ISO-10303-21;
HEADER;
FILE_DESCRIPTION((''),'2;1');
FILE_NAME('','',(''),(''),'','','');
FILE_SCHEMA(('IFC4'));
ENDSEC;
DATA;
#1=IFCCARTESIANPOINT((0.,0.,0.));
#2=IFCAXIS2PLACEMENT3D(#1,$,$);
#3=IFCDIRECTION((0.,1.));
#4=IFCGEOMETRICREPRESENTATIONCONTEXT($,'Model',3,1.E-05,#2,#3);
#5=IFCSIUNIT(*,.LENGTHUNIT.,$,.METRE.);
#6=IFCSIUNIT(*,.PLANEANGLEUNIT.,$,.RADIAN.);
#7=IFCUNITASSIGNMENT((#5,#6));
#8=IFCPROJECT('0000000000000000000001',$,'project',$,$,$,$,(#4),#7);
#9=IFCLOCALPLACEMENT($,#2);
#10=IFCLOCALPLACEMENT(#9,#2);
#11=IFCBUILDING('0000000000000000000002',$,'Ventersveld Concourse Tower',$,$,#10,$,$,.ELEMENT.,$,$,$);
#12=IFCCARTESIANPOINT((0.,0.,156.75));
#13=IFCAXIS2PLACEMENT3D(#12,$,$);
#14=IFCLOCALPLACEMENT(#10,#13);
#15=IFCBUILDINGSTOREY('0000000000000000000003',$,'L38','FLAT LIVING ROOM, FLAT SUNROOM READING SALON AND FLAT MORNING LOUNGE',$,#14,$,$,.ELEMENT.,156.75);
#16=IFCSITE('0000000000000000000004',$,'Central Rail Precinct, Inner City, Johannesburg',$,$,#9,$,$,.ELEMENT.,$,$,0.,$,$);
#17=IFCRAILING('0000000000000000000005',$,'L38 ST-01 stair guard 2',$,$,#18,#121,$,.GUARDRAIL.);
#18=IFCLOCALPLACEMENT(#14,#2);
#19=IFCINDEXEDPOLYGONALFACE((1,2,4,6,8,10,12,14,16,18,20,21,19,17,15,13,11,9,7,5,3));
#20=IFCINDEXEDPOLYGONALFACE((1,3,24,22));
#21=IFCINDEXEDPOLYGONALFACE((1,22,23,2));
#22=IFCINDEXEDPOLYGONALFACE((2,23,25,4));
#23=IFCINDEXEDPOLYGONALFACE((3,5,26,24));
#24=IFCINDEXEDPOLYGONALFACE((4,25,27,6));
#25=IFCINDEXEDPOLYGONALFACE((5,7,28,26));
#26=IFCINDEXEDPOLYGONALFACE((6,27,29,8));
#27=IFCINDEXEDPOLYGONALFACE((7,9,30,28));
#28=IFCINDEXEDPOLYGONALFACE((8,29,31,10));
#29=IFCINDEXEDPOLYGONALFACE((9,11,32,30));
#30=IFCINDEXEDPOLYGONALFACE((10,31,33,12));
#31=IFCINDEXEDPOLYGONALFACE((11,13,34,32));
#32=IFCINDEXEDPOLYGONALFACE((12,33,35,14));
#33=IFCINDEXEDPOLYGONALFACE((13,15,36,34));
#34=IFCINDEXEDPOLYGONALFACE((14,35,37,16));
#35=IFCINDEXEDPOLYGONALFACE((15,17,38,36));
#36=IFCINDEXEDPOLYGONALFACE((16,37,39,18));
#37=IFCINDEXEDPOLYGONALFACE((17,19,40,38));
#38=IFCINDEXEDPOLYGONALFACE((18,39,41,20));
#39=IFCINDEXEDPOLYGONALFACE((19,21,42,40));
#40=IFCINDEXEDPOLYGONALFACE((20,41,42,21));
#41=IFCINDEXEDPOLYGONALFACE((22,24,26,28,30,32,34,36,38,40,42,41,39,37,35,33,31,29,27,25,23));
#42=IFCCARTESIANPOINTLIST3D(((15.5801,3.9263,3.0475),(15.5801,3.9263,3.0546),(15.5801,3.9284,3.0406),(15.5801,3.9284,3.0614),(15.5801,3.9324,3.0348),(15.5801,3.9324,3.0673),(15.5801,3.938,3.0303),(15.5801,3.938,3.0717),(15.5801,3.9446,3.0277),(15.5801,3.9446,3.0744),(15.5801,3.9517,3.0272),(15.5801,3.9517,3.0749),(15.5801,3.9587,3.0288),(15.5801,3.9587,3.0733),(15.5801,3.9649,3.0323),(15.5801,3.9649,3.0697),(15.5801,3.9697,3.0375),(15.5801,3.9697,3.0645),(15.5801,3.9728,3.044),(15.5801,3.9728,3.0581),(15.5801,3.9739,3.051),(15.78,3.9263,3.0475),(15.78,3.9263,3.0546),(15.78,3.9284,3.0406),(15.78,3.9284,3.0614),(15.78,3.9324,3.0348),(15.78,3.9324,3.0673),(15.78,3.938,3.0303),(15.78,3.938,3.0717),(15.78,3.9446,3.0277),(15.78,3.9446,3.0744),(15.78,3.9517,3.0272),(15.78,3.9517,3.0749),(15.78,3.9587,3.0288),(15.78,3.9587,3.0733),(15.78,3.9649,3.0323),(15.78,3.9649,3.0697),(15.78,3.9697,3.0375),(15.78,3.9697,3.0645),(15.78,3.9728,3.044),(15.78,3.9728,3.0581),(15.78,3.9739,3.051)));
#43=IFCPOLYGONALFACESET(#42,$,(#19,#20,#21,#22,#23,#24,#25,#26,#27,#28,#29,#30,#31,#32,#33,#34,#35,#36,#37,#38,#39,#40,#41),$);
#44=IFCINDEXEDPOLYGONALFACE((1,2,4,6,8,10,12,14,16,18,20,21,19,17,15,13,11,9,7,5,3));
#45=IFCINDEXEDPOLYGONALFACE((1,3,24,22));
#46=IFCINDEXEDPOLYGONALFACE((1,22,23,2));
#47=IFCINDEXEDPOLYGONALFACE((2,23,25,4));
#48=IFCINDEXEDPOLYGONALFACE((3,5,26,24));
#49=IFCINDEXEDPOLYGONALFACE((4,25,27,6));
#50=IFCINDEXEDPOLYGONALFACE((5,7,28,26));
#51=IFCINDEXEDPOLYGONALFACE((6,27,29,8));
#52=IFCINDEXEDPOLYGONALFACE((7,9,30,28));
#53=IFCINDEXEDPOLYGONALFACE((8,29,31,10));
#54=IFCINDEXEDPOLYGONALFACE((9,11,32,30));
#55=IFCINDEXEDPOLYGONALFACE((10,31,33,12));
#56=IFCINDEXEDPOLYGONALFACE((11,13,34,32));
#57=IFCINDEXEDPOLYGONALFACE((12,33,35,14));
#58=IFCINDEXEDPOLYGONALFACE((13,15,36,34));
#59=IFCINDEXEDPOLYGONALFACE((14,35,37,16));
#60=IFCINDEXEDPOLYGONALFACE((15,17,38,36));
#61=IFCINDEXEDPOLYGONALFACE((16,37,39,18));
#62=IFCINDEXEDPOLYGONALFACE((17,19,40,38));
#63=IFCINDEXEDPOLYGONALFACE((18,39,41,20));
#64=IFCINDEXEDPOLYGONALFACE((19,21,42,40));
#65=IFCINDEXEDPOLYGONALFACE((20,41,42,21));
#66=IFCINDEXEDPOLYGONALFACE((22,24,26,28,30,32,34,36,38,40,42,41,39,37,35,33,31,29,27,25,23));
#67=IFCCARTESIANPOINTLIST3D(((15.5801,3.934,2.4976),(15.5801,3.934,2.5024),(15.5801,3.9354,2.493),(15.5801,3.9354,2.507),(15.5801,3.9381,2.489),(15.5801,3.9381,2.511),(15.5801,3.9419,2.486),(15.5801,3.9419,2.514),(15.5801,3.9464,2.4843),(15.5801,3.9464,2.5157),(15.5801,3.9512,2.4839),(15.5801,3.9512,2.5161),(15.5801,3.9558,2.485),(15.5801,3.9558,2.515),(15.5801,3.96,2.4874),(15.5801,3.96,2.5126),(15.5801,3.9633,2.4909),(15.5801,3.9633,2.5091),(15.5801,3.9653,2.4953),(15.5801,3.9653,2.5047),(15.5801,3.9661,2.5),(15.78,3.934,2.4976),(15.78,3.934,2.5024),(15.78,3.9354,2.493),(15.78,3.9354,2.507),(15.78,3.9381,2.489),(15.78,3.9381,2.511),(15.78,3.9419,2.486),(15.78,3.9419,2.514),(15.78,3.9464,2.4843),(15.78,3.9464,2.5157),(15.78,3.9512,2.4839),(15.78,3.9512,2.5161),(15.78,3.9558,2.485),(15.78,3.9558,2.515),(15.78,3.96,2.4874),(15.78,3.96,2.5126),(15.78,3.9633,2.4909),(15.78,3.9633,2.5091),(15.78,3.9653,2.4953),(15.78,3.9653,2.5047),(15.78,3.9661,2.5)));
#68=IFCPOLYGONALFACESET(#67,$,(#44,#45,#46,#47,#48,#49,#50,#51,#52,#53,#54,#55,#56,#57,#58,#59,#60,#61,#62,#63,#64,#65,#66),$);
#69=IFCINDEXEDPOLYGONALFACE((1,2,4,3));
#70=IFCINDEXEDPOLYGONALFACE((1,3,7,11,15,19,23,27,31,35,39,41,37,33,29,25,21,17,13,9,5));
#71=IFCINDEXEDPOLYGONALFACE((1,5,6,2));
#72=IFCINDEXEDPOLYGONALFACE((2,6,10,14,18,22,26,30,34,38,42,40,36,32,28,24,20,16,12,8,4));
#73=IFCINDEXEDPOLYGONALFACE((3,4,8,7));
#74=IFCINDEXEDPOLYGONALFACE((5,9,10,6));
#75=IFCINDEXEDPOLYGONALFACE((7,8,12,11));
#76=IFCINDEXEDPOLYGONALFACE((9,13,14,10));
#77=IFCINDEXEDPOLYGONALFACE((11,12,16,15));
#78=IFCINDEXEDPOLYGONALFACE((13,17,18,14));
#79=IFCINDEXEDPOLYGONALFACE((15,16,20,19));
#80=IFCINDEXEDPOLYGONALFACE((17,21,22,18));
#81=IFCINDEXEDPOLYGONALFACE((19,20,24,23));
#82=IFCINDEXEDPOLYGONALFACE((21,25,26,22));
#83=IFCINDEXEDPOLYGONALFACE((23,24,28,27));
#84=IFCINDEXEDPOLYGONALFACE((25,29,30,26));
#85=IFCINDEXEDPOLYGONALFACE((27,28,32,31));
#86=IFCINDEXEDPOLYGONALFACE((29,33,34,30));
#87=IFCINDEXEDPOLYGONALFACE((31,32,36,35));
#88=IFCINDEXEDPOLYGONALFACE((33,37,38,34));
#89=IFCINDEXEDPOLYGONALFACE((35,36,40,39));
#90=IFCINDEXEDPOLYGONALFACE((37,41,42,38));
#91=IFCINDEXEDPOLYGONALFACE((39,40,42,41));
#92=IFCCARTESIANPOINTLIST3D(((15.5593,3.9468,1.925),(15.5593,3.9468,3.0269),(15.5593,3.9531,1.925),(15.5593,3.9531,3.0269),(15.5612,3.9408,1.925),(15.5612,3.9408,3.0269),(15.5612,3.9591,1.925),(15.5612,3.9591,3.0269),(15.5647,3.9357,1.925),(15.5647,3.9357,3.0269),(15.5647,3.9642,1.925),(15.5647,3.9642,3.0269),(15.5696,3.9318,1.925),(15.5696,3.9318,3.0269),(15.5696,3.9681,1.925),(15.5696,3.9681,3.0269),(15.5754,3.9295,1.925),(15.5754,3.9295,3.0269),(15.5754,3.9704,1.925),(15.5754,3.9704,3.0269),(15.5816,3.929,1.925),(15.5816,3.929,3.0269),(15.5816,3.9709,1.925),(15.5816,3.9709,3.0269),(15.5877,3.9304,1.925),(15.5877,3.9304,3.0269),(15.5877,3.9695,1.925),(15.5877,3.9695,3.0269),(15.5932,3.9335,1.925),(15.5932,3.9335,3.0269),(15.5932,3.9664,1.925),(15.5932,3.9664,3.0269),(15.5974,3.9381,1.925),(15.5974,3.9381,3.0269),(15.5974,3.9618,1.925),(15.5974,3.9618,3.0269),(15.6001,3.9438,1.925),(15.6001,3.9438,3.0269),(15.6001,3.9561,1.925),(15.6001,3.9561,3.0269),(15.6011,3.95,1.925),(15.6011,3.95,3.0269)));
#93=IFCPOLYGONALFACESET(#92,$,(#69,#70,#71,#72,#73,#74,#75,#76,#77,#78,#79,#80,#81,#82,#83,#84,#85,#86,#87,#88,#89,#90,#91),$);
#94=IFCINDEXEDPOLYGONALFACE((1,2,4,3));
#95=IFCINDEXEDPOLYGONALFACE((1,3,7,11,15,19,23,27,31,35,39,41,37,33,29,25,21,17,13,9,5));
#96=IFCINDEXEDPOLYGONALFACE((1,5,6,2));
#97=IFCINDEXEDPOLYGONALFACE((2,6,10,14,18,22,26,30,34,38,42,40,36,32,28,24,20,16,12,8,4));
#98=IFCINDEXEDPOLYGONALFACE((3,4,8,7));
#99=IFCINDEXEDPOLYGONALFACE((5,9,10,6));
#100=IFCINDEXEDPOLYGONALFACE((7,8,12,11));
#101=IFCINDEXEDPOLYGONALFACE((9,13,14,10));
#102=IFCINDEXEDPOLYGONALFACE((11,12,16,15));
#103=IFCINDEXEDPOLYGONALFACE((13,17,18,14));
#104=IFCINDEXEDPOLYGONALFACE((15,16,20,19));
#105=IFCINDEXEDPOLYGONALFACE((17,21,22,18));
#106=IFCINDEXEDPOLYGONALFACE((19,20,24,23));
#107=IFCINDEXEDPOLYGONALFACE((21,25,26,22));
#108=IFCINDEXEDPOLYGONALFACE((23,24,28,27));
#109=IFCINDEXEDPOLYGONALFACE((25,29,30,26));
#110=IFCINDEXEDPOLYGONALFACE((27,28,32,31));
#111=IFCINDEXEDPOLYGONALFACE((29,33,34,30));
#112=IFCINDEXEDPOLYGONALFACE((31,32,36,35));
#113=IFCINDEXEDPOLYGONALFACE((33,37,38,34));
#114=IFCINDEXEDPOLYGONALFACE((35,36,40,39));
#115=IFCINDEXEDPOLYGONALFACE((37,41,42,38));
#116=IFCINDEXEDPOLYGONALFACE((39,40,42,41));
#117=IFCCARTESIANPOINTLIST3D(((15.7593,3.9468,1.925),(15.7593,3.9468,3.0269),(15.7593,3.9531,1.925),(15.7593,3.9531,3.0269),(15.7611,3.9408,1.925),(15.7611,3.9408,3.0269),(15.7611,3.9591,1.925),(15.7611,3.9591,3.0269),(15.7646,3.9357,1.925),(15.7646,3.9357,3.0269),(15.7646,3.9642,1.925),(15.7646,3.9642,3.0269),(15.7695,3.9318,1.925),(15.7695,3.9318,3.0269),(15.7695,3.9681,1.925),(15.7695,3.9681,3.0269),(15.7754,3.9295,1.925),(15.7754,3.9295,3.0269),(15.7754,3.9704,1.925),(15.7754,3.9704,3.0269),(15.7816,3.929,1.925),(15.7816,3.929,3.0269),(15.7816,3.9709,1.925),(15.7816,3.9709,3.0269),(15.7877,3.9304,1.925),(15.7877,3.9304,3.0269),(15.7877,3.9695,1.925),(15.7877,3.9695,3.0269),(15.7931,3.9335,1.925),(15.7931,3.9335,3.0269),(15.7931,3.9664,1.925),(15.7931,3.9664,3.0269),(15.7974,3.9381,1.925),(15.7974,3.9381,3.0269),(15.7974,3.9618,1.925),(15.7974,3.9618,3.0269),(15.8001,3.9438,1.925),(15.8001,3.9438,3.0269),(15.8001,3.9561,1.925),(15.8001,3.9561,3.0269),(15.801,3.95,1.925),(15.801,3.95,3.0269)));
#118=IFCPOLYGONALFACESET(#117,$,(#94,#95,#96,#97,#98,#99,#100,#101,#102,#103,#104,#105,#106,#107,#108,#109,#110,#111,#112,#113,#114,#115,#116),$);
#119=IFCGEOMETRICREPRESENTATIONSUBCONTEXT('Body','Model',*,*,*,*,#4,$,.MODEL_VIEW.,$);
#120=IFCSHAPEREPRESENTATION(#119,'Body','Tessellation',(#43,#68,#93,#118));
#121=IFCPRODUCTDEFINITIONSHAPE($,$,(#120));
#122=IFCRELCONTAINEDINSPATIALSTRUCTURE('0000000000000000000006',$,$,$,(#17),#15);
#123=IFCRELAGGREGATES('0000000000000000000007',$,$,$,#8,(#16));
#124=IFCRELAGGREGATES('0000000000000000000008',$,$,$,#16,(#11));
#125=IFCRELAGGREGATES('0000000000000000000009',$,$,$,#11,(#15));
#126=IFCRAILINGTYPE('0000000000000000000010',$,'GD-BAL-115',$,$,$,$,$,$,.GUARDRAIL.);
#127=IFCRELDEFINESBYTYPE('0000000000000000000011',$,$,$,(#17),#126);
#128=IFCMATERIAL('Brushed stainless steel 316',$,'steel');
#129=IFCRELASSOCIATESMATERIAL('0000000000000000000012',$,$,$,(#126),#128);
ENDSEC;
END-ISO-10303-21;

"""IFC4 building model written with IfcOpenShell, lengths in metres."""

from ifc_helpers import new_model, si_unit, direction, frame, origin, origin_2d, place, context, subcontext, project, spatial, circle, extrude, material, type_object, element, save


model = new_model("IFC4")

# Units and contexts
model_context = context("Model", 3, precision=1e-05, world=origin(), true_north=direction((0.0, 1.0)))
body_context = subcontext(model_context, "Body", "Model", "MODEL_VIEW")
ifc_project = project(units=[si_unit("LENGTHUNIT", "METRE"), si_unit("PLANEANGLEUNIT", "RADIAN")], contexts=[model_context])

# Site, building, storey
site_placement = place(None, origin())
site = spatial("IfcSite", under=ifc_project, at=site_placement, Name="Central Rail Precinct, Inner City, Johannesburg", CompositionType="ELEMENT", RefElevation=0.0)
building_placement = place(site_placement, origin())
building = spatial("IfcBuilding", under=site, at=building_placement, Name="Ventersveld Concourse Tower", CompositionType="ELEMENT")
storey_placement = place(building_placement, frame((0.0, 0.0, 156.75)))
storey = spatial("IfcBuildingStorey", under=building, at=storey_placement, Name="L38", Description="FLAT LIVING ROOM, FLAT SUNROOM READING SALON AND FLAT MORNING LOUNGE", CompositionType="ELEMENT", Elevation=156.75)

# Shared definitions
ifc_material_1 = material(Name="Brushed stainless steel 316", Category="steel")

# Railing
railing_type_1 = type_object("IfcRailingType", Name="GD-BAL-115", PredefinedType="GUARDRAIL", material=ifc_material_1)
railing_1_placement = place(storey_placement, frame((15.5801, 3.95, 1.925)))
element("IfcRailing", 1, at=railing_1_placement, inside=storey, type_object=railing_type_1, Name="L38 ST-01 stair guard 2", PredefinedType="GUARDRAIL", context=body_context, shape_type="SweptSolid", body=[
    extrude(circle(Radius=0.0239, at=origin_2d()), frame((0.0, 0.0, 1.126), z_axis=(1.0, 0.0, 0.0), x_axis=(0.0, 1.0, 0.0)), (0.0, 0.0, 1.0), 0.2),
    extrude(circle(Radius=0.0161, at=origin_2d()), frame((0.0, 0.0, 0.575), z_axis=(1.0, 0.0, 0.0), x_axis=(0.0, 1.0, 0.0)), (0.0, 0.0, 1.0), 0.2),
    extrude(circle(Radius=0.021, at=origin_2d()), origin(), (0.0, 0.0, 1.0), 1.1018),
    extrude(circle(Radius=0.021, at=origin_2d()), frame((0.2, 0.0, 0.0)), (0.0, 0.0, 1.0), 1.1018),
])

save(model, "model.ifc")
